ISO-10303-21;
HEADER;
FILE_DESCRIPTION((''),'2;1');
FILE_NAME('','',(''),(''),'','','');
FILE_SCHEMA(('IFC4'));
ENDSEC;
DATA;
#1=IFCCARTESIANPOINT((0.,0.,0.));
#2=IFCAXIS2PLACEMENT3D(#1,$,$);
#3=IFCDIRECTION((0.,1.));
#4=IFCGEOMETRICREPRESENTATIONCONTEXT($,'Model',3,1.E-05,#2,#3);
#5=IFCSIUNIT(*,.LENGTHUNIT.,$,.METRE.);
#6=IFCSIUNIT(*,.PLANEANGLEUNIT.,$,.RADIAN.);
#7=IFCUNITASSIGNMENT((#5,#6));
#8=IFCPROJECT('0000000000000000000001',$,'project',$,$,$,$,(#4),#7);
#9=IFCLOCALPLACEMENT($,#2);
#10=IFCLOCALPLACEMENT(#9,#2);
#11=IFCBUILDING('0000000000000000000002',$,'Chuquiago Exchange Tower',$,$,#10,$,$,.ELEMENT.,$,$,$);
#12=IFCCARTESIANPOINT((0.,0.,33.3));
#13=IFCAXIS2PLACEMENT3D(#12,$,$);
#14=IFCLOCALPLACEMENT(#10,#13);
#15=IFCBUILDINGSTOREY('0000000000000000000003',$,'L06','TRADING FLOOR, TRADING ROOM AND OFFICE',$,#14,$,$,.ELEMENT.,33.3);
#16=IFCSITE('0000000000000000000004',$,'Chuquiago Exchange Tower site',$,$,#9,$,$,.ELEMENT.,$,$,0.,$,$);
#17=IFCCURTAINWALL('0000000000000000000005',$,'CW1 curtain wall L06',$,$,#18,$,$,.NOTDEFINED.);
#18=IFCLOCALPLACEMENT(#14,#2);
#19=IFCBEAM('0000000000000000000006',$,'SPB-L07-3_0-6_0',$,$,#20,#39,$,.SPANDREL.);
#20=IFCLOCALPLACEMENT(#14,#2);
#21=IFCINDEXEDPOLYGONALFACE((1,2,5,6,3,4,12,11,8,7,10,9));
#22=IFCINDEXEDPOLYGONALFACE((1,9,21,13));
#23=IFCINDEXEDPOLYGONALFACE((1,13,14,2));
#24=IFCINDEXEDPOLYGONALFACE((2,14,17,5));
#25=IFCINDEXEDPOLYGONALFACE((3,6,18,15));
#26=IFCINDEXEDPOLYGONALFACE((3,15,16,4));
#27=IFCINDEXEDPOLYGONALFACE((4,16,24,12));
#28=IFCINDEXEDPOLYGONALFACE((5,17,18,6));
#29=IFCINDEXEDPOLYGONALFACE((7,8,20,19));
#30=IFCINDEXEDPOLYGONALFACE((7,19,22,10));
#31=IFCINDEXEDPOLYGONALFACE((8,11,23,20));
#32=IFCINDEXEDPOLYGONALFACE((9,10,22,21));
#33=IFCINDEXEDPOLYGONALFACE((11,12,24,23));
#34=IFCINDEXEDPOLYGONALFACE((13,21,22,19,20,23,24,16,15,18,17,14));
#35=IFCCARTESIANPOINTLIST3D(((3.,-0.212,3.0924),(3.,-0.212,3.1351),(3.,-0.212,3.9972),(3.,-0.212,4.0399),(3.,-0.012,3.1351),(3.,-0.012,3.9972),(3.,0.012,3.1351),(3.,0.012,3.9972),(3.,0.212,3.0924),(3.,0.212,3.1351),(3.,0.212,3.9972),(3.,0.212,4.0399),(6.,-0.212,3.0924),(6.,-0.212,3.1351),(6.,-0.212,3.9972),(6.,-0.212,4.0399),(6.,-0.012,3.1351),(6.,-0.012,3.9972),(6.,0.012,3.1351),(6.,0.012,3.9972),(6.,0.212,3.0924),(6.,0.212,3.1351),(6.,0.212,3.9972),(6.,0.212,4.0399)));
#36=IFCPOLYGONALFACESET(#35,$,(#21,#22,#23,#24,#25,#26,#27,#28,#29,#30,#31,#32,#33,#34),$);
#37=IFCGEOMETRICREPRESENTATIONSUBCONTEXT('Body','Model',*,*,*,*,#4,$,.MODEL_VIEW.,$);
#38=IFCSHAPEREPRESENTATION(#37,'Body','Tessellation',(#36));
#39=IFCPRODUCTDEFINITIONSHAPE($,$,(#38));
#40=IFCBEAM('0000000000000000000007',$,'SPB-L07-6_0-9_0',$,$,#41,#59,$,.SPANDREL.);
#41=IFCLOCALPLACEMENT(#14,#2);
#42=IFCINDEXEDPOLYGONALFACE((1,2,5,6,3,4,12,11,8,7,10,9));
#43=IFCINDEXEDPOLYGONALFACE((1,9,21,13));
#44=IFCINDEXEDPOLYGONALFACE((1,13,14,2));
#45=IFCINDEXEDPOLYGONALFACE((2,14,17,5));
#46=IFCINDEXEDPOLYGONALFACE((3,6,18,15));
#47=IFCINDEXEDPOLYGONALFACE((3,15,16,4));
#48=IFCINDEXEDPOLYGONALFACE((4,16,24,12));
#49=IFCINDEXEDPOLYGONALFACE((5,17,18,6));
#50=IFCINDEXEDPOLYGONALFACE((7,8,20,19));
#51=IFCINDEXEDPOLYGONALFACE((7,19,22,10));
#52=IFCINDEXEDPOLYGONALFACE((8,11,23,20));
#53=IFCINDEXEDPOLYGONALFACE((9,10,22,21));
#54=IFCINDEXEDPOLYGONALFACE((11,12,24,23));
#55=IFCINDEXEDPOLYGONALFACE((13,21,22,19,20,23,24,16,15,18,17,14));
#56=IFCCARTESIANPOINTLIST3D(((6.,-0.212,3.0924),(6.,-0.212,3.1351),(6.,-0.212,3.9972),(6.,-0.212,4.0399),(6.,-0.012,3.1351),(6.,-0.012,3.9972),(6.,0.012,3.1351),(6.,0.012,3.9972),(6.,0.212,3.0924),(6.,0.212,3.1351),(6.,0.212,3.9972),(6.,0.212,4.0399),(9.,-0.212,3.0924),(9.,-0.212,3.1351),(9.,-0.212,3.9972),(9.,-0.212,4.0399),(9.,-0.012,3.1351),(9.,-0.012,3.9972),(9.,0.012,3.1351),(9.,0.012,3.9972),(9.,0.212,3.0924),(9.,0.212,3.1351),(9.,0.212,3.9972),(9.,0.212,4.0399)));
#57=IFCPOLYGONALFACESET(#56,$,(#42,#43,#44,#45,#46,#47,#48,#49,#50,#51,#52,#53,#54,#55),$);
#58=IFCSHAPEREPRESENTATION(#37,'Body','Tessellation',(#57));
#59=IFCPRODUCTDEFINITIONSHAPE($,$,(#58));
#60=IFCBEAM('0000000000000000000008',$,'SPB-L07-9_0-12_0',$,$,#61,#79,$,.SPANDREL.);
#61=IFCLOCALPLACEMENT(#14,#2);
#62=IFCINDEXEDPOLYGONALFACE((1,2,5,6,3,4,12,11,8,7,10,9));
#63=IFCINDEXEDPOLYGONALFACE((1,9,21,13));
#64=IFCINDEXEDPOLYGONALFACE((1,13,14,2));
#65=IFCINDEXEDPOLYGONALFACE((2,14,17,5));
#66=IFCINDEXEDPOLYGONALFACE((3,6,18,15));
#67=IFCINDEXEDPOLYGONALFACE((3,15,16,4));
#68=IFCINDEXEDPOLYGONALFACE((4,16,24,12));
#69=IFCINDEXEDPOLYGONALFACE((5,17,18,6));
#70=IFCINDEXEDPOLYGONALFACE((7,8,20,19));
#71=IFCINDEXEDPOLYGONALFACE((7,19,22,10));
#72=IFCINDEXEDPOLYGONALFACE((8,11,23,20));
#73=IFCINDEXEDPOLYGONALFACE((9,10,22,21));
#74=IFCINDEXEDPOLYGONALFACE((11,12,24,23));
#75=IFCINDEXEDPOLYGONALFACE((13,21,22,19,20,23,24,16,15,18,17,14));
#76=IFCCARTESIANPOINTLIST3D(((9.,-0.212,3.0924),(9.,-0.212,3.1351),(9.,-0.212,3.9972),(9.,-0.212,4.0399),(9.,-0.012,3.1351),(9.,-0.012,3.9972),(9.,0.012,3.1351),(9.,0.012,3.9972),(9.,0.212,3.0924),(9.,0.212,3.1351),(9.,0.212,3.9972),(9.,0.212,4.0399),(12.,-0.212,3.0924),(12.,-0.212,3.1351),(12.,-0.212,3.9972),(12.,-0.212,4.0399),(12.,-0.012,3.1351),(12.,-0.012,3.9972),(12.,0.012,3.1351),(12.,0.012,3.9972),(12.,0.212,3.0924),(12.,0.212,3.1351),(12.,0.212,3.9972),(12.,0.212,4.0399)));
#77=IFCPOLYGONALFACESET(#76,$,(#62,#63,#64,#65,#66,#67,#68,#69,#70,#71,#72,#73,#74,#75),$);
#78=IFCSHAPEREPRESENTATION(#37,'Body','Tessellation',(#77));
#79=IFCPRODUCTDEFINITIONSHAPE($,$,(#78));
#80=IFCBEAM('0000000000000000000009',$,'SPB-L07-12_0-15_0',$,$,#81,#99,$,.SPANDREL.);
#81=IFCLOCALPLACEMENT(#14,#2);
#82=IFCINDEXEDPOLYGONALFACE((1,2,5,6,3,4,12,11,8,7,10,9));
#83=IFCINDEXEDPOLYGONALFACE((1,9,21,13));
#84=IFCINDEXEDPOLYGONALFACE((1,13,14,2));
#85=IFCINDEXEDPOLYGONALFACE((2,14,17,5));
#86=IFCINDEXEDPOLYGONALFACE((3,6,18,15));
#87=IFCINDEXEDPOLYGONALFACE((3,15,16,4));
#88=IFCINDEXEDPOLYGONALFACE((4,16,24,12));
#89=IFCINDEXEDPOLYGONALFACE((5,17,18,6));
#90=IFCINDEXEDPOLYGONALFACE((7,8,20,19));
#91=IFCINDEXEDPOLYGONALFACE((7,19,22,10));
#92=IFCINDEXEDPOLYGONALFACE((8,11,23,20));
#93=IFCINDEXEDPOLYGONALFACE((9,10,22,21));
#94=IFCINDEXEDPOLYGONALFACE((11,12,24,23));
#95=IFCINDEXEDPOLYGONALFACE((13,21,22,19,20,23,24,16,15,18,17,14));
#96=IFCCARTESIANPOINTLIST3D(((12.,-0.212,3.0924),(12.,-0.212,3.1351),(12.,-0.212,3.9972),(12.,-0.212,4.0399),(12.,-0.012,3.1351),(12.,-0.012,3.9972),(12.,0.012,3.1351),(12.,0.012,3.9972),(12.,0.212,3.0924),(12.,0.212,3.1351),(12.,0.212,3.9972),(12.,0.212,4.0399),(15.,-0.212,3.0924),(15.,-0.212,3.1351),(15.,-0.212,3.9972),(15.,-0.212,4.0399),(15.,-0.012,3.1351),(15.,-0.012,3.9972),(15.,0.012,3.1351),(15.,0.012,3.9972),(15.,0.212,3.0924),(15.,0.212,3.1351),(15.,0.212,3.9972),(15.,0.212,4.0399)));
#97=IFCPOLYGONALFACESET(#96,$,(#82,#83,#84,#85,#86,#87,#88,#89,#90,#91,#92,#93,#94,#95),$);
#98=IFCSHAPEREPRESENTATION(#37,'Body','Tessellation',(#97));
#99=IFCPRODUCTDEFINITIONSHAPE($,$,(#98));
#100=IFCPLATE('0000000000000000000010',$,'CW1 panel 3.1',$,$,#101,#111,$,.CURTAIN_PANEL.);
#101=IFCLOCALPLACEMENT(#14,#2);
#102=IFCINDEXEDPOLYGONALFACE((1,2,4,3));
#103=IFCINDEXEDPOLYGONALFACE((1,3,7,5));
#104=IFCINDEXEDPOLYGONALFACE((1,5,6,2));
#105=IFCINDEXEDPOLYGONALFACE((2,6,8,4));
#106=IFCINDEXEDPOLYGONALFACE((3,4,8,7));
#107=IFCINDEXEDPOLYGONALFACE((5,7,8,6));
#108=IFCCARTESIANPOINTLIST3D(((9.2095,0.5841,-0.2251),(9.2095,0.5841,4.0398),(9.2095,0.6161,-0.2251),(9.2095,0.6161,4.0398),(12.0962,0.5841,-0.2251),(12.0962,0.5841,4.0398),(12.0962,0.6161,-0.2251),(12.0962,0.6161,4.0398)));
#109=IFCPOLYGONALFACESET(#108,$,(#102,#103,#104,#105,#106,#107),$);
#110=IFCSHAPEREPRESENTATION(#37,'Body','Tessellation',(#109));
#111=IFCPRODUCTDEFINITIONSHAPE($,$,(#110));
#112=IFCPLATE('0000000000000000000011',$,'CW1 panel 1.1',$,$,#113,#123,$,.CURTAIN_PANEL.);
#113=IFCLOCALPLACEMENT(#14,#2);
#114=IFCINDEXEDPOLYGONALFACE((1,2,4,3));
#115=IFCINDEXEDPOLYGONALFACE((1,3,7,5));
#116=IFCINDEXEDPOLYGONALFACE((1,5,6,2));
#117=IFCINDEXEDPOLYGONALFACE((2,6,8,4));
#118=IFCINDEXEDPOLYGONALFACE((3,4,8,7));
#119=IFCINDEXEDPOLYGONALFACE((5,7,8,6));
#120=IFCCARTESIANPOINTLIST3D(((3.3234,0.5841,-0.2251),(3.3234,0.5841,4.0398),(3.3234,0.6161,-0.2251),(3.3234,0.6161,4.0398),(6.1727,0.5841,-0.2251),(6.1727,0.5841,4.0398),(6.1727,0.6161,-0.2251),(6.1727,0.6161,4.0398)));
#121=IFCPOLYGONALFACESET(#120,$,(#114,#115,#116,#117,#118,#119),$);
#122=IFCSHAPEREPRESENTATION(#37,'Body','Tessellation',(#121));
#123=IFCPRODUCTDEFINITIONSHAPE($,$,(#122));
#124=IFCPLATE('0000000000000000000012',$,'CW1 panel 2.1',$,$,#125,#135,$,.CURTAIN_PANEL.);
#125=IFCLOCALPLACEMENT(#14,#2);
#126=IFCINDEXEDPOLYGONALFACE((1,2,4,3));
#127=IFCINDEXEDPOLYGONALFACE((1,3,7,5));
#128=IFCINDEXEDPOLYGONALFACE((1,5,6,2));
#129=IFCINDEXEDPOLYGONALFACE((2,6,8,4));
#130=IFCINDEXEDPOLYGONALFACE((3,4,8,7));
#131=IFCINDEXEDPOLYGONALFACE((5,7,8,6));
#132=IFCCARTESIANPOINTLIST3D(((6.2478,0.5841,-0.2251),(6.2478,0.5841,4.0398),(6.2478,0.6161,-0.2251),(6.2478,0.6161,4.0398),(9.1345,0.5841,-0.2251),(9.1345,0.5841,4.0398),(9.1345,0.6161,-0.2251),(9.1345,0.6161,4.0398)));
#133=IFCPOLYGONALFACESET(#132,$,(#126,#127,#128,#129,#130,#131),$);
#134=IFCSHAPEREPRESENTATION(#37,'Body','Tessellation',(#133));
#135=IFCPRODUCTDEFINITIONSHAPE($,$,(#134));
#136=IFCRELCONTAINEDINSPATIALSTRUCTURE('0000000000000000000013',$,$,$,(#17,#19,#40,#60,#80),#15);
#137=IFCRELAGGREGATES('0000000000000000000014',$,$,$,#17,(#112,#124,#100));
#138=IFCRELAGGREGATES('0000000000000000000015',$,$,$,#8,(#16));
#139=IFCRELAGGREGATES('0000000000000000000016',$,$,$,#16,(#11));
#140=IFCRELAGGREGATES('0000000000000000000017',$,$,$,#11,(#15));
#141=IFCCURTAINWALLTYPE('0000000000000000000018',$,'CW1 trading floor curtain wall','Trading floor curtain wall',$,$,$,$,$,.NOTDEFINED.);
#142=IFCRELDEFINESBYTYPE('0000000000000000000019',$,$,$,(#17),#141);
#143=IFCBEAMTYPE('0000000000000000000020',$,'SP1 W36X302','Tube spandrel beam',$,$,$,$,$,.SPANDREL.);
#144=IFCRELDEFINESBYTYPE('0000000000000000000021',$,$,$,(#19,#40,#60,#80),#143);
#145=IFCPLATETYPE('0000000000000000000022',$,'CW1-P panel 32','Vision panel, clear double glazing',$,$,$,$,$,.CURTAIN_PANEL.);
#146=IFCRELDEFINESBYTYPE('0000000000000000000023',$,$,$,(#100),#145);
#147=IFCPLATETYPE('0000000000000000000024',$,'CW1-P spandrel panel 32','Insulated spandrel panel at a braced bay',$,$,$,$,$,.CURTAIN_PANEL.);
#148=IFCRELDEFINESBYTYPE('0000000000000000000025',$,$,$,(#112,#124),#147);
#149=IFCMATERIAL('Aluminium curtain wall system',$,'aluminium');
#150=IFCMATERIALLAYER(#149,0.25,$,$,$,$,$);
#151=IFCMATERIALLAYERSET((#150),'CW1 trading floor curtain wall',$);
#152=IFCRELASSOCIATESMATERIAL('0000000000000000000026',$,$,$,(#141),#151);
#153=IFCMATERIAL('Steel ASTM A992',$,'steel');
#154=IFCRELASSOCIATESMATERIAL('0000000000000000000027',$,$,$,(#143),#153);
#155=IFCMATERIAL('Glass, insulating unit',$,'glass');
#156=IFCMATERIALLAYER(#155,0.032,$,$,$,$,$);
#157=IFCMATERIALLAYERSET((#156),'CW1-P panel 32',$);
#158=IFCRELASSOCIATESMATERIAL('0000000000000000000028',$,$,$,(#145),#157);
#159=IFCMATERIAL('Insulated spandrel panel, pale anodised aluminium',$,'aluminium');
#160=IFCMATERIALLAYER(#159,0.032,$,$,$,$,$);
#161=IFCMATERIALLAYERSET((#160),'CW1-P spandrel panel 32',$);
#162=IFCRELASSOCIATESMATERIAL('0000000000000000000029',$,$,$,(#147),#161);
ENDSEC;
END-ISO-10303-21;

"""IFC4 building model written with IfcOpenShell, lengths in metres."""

from ifc_helpers import new_model, si_unit, direction, frame, origin, origin_2d, place, context, subcontext, project, spatial, rectangle, i_section, extrude, material, layer, layer_set, material_profile, profile_set, type_object, element, aggregate, save


model = new_model("IFC4")

# Units and contexts
model_context = context("Model", 3, precision=1e-05, world=origin(), true_north=direction((0.0, 1.0)))
body_context = subcontext(model_context, "Body", "Model", "MODEL_VIEW")
ifc_project = project(units=[si_unit("LENGTHUNIT", "METRE"), si_unit("PLANEANGLEUNIT", "RADIAN")], contexts=[model_context])

# Site, building, storey
site_placement = place(None, origin())
site = spatial("IfcSite", under=ifc_project, at=site_placement, Name="Chuquiago Exchange Tower site", CompositionType="ELEMENT", RefElevation=0.0)
building_placement = place(site_placement, origin())
building = spatial("IfcBuilding", under=site, at=building_placement, Name="Chuquiago Exchange Tower", CompositionType="ELEMENT")
storey_placement = place(building_placement, frame((0.0, 0.0, 33.3)))
storey = spatial("IfcBuildingStorey", under=building, at=storey_placement, Name="L06", Description="TRADING FLOOR, TRADING ROOM AND OFFICE", CompositionType="ELEMENT", Elevation=33.3)

# Curtain wall
ifc_material_1 = material(Name="Aluminium curtain wall system", Category="aluminium")
ifc_layer_1 = layer(ifc_material_1, 0.25)
ifc_layer_set_1 = layer_set([ifc_layer_1], Name="CW1 trading floor curtain wall")
curtain_wall_type = type_object("IfcCurtainWallType", Name="CW1 trading floor curtain wall", Description="Trading floor curtain wall", PredefinedType="NOTDEFINED", material=ifc_layer_set_1)
curtain_wall_placement = place(storey_placement, origin())
curtain_wall = element("IfcCurtainWall", 1, at=curtain_wall_placement, inside=storey, type_object=curtain_wall_type, Name="CW1 curtain wall L06", PredefinedType="NOTDEFINED")

# Beams
ifc_material_2 = material(Name="Steel ASTM A992", Category="steel")
ifc_material_profile_1 = material_profile(ifc_material_2, i_section(OverallWidth=0.4241, OverallDepth=0.9475, WebThickness=0.0239, FlangeThickness=0.0427, at=origin_2d()), Name="W36X302")
ifc_profile_set_1 = profile_set([ifc_material_profile_1], Name="Steel ASTM A992")
beam_type = type_object("IfcBeamType", Name="SP1 W36X302", Description="Tube spandrel beam", PredefinedType="SPANDREL", material=ifc_profile_set_1)
for number, where, z_axis, x_axis, name in (
    (2, (3.0, 0.0, 3.5662), (1.0, 0.0, 0.0), (0.0, 1.0, 0.0), "SPB-L07-3_0-6_0"),
    (3, (6.0, 0.0, 3.5662), (1.0, 0.0, 0.0), (0.0, 1.0, 0.0), "SPB-L07-6_0-9_0"),
    (4, (9.0, 0.0, 3.5662), (1.0, 0.0, 0.0), (0.0, 1.0, 0.0), "SPB-L07-9_0-12_0"),
    (5, (12.0, 0.0, 3.5662), (1.0, 0.0, 0.0), (0.0, 1.0, 0.0), "SPB-L07-12_0-15_0"),
):
    element("IfcBeam", number, at=place(storey_placement, frame(where, z_axis=z_axis, x_axis=x_axis)), inside=storey, type_object=beam_type, Name=name, PredefinedType="SPANDREL", context=body_context, shape_type="SweptSolid", body=[
        extrude(i_section(OverallWidth=0.4241, OverallDepth=0.9475, WebThickness=0.0239, FlangeThickness=0.0427, at=origin_2d()), origin(), (0.0, 0.0, 1.0), 3.0),
    ])

# Plates
ifc_material_3 = material(Name="Glass, insulating unit", Category="glass")
ifc_layer_2 = layer(ifc_material_3, 0.032)
ifc_layer_set_2 = layer_set([ifc_layer_2], Name="CW1-P panel 32")
plate_type_1 = type_object("IfcPlateType", Name="CW1-P panel 32", Description="Vision panel, clear double glazing", PredefinedType="CURTAIN_PANEL", material=ifc_layer_set_2)
plate_1_placement = place(storey_placement, frame((10.6528, 0.6001, -0.2251), z_axis=(0.0, 0.0, 1.0), x_axis=(1.0, 0.0, 0.0)))
plate_1 = element("IfcPlate", 6, at=plate_1_placement, type_object=plate_type_1, Name="CW1 panel 3.1", PredefinedType="CURTAIN_PANEL", context=body_context, shape_type="SweptSolid", body=[
    extrude(rectangle(XDim=2.8867, YDim=0.032, at=origin_2d()), origin(), (0.0, 0.0, 1.0), 4.2649),
])
ifc_material_4 = material(Name="Insulated spandrel panel, pale anodised aluminium", Category="aluminium")
ifc_layer_3 = layer(ifc_material_4, 0.032)
ifc_layer_set_3 = layer_set([ifc_layer_3], Name="CW1-P spandrel panel 32")
plate_type_2 = type_object("IfcPlateType", Name="CW1-P spandrel panel 32", Description="Insulated spandrel panel at a braced bay", PredefinedType="CURTAIN_PANEL", material=ifc_layer_set_3)
plate_2_placement = place(storey_placement, frame((4.748, 0.6001, -0.2251), z_axis=(0.0, 0.0, 1.0), x_axis=(1.0, 0.0, 0.0)))
plate_2 = element("IfcPlate", 7, at=plate_2_placement, type_object=plate_type_2, Name="CW1 panel 1.1", PredefinedType="CURTAIN_PANEL", context=body_context, shape_type="SweptSolid", body=[
    extrude(rectangle(XDim=2.8494, YDim=0.032, at=origin_2d()), origin(), (0.0, 0.0, 1.0), 4.2649),
])
plate_3_placement = place(storey_placement, frame((7.6912, 0.6001, -0.2251), z_axis=(0.0, 0.0, 1.0), x_axis=(1.0, 0.0, 0.0)))
plate_3 = element("IfcPlate", 8, at=plate_3_placement, type_object=plate_type_2, Name="CW1 panel 2.1", PredefinedType="CURTAIN_PANEL", context=body_context, shape_type="SweptSolid", body=[
    extrude(rectangle(XDim=2.8867, YDim=0.032, at=origin_2d()), origin(), (0.0, 0.0, 1.0), 4.2649),
])
aggregate(curtain_wall, [plate_2, plate_3, plate_1])

save(model, "model.ifc")
